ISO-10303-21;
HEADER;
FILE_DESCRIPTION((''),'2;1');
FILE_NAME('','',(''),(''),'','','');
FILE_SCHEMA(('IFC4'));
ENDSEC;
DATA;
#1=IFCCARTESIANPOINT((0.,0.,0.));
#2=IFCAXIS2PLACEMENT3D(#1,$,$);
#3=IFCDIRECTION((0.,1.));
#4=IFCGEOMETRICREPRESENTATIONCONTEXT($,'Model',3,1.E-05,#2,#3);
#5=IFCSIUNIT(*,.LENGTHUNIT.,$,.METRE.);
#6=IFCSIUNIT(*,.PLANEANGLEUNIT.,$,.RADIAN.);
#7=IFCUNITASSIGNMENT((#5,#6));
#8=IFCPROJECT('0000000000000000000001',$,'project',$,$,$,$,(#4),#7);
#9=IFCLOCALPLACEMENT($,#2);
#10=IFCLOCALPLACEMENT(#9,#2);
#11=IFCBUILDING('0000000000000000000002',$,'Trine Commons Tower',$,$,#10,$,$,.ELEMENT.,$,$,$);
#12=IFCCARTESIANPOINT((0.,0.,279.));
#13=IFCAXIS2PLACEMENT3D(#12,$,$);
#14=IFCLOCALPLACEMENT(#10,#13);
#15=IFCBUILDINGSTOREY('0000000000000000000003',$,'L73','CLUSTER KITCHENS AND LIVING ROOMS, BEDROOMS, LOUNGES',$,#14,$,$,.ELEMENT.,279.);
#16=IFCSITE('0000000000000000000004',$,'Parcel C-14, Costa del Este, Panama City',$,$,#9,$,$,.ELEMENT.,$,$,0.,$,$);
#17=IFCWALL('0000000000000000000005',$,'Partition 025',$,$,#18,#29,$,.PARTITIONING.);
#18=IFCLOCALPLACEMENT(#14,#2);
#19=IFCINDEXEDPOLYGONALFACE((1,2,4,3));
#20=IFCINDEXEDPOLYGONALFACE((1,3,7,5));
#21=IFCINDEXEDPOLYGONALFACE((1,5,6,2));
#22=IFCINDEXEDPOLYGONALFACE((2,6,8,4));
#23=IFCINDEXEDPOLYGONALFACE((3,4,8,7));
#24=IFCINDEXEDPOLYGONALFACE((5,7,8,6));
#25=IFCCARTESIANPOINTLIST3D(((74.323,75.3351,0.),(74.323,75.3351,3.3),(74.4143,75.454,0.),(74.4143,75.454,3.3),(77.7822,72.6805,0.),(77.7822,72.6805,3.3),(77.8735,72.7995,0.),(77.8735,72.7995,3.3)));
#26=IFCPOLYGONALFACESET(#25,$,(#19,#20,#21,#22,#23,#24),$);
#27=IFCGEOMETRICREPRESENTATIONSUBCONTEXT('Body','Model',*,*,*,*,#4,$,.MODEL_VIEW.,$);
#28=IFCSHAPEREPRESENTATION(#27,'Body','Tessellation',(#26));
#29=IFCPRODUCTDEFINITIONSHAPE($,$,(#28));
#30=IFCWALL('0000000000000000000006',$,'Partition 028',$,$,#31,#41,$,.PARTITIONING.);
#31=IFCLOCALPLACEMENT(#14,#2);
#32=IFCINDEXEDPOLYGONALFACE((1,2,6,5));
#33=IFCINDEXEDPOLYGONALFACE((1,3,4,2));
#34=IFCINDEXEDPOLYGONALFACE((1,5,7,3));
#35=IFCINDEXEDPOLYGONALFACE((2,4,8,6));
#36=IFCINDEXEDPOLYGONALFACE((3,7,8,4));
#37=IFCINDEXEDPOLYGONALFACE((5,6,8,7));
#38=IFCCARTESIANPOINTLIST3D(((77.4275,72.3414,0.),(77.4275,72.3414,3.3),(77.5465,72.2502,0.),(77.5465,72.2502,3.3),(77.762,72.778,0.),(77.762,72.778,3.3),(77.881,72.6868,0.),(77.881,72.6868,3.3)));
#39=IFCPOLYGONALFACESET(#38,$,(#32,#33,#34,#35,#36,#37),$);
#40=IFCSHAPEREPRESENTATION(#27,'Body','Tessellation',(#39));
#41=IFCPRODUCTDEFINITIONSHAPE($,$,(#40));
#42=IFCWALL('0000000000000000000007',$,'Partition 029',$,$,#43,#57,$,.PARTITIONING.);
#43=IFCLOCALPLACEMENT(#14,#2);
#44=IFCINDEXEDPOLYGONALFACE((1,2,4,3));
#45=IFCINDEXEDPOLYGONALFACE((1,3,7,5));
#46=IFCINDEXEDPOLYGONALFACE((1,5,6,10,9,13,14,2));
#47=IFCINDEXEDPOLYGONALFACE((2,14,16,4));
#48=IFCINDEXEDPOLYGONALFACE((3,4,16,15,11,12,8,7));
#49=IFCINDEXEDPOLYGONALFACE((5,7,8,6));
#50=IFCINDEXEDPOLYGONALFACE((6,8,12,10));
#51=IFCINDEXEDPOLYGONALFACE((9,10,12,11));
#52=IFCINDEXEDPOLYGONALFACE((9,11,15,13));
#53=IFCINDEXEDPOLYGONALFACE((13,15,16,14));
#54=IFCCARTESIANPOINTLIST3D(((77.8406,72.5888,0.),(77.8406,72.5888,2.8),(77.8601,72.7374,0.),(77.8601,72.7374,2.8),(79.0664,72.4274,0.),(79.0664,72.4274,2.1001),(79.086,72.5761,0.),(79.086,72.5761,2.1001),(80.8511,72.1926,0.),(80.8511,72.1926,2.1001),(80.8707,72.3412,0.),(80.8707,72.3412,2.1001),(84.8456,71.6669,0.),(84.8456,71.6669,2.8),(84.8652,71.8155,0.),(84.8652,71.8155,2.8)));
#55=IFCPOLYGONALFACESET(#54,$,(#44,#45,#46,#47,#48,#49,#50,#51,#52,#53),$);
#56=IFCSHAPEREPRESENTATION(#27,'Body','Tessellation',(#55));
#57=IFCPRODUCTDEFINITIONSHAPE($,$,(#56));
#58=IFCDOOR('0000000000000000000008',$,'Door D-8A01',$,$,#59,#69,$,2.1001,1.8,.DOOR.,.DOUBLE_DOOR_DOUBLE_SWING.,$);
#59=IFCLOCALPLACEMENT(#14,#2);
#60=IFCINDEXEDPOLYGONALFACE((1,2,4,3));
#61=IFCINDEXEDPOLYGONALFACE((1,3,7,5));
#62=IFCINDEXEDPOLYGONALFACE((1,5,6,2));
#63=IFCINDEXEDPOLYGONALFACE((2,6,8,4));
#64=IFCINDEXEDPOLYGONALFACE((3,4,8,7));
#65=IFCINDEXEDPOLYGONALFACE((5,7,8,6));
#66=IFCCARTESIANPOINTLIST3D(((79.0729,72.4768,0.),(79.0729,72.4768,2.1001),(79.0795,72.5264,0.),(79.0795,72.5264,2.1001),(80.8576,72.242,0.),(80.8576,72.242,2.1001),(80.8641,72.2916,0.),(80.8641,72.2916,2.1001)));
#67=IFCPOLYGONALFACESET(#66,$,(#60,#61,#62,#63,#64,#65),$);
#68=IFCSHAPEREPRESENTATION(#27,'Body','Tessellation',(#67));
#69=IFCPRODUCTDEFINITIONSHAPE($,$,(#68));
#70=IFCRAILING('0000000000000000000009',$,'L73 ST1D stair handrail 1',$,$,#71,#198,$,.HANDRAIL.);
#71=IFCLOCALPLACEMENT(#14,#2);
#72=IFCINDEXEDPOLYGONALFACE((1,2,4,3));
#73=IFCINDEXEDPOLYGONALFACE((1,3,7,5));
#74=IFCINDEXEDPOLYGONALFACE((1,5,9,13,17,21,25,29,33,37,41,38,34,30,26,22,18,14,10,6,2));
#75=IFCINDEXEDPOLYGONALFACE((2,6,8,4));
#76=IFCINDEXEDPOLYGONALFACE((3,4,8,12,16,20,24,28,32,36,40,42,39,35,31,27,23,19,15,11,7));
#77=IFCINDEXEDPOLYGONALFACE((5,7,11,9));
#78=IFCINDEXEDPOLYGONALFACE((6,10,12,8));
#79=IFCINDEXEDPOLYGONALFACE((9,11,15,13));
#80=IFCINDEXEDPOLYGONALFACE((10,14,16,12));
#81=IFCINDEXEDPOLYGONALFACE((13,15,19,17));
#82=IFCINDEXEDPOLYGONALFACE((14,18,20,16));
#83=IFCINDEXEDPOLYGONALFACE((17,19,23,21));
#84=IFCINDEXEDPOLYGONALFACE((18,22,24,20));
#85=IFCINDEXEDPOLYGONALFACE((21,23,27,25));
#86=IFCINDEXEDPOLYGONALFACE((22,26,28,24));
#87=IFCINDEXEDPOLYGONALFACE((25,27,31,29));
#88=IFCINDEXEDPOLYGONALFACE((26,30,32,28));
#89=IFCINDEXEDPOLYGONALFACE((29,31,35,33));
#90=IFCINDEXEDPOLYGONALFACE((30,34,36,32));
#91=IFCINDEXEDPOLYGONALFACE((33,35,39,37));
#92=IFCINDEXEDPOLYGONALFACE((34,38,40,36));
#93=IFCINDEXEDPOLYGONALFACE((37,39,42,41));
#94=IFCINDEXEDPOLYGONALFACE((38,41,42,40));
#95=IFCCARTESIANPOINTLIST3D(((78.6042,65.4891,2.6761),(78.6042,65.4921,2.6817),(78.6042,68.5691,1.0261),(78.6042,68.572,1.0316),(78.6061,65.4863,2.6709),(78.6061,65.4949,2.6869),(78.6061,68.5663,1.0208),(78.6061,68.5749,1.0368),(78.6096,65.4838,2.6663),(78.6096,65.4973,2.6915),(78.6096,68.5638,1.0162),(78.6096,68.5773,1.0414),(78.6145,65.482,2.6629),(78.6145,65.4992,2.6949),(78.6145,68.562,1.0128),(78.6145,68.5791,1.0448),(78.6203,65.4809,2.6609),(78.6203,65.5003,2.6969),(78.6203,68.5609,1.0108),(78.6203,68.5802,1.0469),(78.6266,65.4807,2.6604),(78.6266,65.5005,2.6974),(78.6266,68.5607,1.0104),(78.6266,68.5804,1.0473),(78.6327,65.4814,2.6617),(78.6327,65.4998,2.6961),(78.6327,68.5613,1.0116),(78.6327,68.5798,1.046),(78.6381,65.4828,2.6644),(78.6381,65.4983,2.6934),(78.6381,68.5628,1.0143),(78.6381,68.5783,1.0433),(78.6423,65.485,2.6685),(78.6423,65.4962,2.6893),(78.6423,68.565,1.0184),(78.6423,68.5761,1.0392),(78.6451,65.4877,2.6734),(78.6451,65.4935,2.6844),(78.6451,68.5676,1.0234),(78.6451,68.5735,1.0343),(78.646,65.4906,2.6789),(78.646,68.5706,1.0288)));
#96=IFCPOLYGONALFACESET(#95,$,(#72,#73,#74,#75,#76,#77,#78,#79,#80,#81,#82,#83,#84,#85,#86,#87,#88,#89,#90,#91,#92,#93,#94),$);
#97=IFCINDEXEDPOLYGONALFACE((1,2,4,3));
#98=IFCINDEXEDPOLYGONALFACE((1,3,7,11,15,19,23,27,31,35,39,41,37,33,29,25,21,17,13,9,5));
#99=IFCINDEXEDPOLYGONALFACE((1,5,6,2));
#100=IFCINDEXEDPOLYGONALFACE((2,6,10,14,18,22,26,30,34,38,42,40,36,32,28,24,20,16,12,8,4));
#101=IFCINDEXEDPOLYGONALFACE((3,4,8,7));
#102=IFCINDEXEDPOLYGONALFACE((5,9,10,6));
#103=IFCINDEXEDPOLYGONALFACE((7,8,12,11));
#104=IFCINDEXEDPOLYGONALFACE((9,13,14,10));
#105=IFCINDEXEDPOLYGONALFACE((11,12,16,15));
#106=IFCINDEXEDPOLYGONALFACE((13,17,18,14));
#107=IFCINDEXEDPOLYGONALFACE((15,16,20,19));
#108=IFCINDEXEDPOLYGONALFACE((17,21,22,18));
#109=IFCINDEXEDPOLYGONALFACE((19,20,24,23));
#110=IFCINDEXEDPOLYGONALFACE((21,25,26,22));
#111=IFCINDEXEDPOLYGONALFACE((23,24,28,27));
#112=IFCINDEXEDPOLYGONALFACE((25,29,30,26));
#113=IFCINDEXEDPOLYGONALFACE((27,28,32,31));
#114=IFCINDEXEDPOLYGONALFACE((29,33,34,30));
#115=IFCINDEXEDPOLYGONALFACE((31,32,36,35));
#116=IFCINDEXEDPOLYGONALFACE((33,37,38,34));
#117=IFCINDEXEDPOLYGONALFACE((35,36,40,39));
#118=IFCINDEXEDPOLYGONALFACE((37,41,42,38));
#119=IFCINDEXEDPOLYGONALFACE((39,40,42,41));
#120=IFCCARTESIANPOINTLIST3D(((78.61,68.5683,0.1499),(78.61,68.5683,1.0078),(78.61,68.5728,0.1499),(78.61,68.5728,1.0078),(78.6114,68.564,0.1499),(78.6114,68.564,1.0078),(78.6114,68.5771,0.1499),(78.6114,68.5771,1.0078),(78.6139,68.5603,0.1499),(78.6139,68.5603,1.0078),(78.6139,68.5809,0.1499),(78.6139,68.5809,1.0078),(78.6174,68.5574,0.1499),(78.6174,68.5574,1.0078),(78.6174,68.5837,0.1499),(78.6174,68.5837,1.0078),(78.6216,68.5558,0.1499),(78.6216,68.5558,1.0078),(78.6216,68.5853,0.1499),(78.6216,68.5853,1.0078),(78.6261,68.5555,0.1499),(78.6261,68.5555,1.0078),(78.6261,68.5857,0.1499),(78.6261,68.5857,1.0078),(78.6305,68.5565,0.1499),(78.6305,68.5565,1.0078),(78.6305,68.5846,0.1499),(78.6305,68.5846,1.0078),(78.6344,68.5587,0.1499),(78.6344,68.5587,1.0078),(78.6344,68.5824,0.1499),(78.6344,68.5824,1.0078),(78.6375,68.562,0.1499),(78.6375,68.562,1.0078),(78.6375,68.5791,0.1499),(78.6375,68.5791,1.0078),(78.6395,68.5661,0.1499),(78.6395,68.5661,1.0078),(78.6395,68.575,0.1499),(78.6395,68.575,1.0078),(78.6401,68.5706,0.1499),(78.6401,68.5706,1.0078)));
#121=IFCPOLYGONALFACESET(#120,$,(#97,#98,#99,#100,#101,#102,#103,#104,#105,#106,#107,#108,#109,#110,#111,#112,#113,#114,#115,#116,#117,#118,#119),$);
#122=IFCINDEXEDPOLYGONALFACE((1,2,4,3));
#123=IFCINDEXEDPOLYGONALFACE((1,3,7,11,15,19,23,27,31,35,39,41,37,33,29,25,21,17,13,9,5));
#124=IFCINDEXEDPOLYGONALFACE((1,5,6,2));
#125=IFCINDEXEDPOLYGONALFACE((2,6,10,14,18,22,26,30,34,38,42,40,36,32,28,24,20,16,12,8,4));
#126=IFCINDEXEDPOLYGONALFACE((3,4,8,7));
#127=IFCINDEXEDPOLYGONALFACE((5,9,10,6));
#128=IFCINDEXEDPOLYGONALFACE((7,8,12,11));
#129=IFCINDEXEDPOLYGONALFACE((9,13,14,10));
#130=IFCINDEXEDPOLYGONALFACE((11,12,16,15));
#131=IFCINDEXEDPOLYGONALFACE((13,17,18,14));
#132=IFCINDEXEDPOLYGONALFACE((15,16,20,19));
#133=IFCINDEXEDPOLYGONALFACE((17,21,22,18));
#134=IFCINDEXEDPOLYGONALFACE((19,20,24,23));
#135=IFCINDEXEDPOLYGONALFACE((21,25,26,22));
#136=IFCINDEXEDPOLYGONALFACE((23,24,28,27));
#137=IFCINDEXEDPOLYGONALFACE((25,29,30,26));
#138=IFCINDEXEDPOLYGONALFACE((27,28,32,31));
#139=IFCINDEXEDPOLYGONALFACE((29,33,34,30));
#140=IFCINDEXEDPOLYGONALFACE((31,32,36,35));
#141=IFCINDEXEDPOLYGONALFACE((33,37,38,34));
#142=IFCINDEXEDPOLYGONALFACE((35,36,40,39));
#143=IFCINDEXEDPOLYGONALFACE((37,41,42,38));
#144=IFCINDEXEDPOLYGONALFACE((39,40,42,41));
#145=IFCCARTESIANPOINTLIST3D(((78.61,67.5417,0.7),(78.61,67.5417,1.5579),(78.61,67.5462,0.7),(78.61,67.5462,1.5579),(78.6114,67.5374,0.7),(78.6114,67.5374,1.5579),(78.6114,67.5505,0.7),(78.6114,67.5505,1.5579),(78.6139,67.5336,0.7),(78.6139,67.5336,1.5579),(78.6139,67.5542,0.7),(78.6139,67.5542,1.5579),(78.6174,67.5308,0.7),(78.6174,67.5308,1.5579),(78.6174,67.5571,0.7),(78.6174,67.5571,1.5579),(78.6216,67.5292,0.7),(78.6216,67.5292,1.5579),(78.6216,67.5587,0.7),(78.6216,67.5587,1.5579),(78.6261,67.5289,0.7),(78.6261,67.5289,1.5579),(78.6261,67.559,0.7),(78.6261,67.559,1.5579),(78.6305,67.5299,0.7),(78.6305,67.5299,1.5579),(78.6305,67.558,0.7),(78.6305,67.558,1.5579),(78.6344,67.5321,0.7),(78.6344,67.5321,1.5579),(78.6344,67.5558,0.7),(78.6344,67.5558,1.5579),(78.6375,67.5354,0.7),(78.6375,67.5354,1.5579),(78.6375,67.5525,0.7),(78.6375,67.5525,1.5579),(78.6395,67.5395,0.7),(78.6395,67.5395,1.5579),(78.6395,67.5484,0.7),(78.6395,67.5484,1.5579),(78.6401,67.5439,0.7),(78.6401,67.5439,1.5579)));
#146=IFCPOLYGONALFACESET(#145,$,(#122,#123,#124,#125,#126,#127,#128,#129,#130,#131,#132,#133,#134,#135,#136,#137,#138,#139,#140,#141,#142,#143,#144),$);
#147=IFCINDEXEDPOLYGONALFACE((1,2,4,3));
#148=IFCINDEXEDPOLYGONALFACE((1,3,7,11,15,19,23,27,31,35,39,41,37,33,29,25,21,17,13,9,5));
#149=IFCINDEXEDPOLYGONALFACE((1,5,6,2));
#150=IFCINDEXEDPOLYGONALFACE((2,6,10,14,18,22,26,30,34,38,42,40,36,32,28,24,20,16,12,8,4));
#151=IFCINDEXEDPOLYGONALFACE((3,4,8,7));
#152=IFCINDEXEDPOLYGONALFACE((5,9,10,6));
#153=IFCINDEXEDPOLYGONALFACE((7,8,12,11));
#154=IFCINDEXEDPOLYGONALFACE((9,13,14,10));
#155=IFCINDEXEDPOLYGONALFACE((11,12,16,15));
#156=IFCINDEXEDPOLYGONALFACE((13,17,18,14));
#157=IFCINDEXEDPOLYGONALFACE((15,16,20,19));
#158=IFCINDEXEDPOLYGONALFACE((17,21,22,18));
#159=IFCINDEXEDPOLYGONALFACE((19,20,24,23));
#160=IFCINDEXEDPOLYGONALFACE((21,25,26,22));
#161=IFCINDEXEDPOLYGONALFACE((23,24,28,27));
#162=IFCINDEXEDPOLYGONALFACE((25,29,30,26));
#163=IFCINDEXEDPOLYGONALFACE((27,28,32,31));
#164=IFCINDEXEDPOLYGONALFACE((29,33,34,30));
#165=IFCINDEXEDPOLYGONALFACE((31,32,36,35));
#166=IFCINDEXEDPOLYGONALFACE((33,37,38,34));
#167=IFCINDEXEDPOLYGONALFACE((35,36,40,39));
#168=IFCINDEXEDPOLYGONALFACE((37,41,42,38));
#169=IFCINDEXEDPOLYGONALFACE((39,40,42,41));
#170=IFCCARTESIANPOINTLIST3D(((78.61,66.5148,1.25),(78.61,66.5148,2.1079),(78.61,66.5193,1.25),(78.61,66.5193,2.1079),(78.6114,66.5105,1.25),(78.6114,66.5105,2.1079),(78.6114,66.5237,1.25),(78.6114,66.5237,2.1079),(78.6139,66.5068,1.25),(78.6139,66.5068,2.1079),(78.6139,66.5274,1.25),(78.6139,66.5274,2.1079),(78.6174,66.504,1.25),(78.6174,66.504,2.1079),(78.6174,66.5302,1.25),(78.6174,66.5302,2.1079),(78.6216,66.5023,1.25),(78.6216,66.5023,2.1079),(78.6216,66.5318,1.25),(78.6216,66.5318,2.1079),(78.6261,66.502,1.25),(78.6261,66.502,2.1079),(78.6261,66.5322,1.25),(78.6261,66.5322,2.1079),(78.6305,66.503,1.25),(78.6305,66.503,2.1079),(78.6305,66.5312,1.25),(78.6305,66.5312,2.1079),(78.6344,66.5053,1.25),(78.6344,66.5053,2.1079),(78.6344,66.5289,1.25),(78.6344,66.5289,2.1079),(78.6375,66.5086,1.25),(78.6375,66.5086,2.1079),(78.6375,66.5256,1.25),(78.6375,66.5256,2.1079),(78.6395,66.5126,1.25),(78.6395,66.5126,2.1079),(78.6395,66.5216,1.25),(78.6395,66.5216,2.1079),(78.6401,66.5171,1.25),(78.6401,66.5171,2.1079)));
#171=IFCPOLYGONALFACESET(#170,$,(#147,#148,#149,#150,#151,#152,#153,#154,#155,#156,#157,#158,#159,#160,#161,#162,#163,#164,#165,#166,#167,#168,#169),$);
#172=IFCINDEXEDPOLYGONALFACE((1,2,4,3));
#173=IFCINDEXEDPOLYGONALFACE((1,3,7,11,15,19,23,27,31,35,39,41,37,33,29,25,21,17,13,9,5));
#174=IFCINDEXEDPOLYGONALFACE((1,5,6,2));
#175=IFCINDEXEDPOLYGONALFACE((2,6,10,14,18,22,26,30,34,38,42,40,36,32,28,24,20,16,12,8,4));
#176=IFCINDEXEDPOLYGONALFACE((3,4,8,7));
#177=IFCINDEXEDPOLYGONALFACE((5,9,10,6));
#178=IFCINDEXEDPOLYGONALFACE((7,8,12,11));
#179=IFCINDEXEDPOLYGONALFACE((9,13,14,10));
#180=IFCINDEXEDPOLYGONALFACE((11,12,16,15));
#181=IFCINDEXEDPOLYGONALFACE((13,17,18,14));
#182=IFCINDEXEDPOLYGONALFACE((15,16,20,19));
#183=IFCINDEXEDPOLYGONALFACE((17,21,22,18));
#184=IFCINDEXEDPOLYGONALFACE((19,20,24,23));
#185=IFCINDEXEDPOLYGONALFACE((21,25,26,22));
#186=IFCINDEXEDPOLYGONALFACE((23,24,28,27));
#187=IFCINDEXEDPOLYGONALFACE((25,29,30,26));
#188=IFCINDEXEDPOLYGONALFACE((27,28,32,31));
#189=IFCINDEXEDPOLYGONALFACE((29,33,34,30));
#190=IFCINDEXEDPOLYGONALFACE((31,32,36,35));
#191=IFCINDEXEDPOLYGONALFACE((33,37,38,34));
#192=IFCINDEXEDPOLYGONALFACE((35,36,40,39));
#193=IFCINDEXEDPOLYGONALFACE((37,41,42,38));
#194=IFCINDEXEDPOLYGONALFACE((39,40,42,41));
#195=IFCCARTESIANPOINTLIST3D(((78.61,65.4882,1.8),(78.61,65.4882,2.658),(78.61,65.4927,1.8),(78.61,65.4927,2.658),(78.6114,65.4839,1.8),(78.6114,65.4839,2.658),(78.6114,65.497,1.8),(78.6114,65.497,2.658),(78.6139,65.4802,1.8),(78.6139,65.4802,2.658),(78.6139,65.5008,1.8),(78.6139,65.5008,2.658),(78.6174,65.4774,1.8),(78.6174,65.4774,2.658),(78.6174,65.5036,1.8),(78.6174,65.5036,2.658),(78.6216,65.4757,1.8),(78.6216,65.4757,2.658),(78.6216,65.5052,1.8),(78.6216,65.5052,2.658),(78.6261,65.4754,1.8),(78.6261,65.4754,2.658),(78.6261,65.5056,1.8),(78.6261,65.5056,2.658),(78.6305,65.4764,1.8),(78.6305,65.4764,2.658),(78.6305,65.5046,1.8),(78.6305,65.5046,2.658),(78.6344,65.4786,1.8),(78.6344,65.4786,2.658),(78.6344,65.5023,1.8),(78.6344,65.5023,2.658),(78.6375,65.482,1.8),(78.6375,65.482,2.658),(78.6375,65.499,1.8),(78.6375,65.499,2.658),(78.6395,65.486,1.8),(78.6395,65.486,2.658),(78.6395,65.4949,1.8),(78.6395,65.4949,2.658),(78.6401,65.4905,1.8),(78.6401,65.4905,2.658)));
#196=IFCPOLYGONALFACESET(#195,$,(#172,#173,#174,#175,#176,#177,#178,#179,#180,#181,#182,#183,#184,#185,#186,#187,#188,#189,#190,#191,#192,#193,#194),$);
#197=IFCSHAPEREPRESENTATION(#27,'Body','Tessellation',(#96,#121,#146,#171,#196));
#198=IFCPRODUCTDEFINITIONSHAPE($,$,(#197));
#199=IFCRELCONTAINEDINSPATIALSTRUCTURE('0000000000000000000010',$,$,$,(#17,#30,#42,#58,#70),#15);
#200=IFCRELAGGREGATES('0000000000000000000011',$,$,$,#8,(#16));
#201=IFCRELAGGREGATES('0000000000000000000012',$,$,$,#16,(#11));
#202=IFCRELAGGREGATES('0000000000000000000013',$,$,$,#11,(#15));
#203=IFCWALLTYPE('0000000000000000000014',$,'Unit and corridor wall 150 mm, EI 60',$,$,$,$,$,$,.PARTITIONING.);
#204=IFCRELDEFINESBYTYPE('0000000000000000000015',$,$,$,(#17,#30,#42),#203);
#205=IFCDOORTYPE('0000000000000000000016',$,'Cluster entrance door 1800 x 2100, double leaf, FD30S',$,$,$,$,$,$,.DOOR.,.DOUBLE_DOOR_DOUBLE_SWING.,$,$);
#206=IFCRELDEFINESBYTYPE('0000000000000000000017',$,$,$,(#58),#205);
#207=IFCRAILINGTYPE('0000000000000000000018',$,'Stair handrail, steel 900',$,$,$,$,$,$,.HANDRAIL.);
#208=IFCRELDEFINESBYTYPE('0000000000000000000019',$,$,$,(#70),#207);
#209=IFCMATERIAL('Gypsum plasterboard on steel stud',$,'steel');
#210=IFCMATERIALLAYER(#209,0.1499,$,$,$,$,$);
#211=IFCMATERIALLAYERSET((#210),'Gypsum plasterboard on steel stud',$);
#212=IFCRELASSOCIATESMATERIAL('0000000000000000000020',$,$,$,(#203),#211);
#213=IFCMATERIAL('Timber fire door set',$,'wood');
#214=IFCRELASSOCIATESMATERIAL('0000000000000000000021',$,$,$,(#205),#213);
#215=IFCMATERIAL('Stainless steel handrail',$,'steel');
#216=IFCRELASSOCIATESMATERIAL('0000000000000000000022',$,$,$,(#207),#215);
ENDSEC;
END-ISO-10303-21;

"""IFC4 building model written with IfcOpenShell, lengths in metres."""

from ifc_helpers import new_model, si_unit, direction, frame, frame_2d, origin, origin_2d, place, context, subcontext, project, spatial, rectangle, circle, extrude, material, layer, layer_set, type_object, element, fill, save


model = new_model("IFC4")

# Units and contexts
model_context = context("Model", 3, precision=1e-05, world=origin(), true_north=direction((0.0, 1.0)))
body_context = subcontext(model_context, "Body", "Model", "MODEL_VIEW")
ifc_project = project(units=[si_unit("LENGTHUNIT", "METRE"), si_unit("PLANEANGLEUNIT", "RADIAN")], contexts=[model_context])

# Site, building, storey
site_placement = place(None, origin())
site = spatial("IfcSite", under=ifc_project, at=site_placement, Name="Parcel C-14, Costa del Este, Panama City", CompositionType="ELEMENT", RefElevation=0.0)
building_placement = place(site_placement, origin())
building = spatial("IfcBuilding", under=site, at=building_placement, Name="Trine Commons Tower", CompositionType="ELEMENT")
storey_placement = place(building_placement, frame((0.0, 0.0, 279.0)))
storey = spatial("IfcBuildingStorey", under=building, at=storey_placement, Name="L73", Description="CLUSTER KITCHENS AND LIVING ROOMS, BEDROOMS, LOUNGES", CompositionType="ELEMENT", Elevation=279.0)

# Shared definitions
ifc_material_1 = material(Name="Gypsum plasterboard on steel stud", Category="steel")
ifc_layer_1 = layer(ifc_material_1, 0.1499)
ifc_layer_set_1 = layer_set([ifc_layer_1], Name="Gypsum plasterboard on steel stud")
wall_type_1 = type_object("IfcWallType", Name="Unit and corridor wall 150 mm, EI 60", PredefinedType="PARTITIONING", material=ifc_layer_set_1)

# Shared definitions
ifc_material_2 = material(Name="Timber fire door set", Category="wood")

# Walls
wall_1_placement = place(storey_placement, frame((74.3687, 75.3945, 0.0), z_axis=(0.0, 0.0, 1.0), x_axis=(0.793333, -0.608788, 0.0)))
element("IfcWall", 1, at=wall_1_placement, inside=storey, type_object=wall_type_1, Name="Partition 025", PredefinedType="PARTITIONING", context=body_context, shape_type="SweptSolid", body=[
    extrude(rectangle(XDim=4.3604, YDim=0.1499, at=frame_2d((2.1802, 0.0))), origin(), (0.0, 0.0, 1.0), 3.3),
])
wall_2_placement = place(storey_placement, frame((77.4871, 72.2959, 0.0), z_axis=(0.0, 0.0, 1.0), x_axis=(0.608208, 0.793778, 0.0)))
element("IfcWall", 2, at=wall_2_placement, inside=storey, type_object=wall_type_1, Name="Partition 028", PredefinedType="PARTITIONING", context=body_context, shape_type="SweptSolid", body=[
    extrude(rectangle(XDim=0.55, YDim=0.1499, at=frame_2d((0.2749, 0.0))), origin(), (0.0, 0.0, 1.0), 3.3),
])

# Wall, opening, door
wall_3_placement = place(storey_placement, frame((77.8503, 72.6631, 0.0), z_axis=(0.0, 0.0, 1.0), x_axis=(0.991452, -0.130475, 0.0)))
wall_3 = element("IfcWall", 3, at=wall_3_placement, inside=storey, type_object=wall_type_1, Name="Partition 029", PredefinedType="PARTITIONING", context=body_context, shape_type="SweptSolid", body=[
    extrude(rectangle(XDim=7.0654, YDim=0.1499, at=frame_2d((3.5327, 0.0))), origin(), (0.0, 0.0, 1.0), 2.8),
])
opening_1_placement = place(wall_3_placement, frame((1.2366, 0.0, 0.0)))
opening_1 = element("IfcOpeningElement", 4, at=opening_1_placement, cuts=wall_3, PredefinedType="OPENING", context=body_context, shape_type="SweptSolid", body=[
    extrude(rectangle(XDim=1.8, YDim=2.1001, at=frame_2d((0.8999, 1.05))), frame((0.0, 0.085, 0.0), z_axis=(0.0, -1.0, 0.0), x_axis=(1.0, 0.0, 0.0)), (0.0, 0.0, 1.0), 0.1699),
])
door_type_1 = type_object("IfcDoorType", Name="Cluster entrance door 1800 x 2100, double leaf, FD30S", OperationType="DOUBLE_DOOR_DOUBLE_SWING", PredefinedType="DOOR", material=ifc_material_2)
door_1_placement = place(opening_1_placement, origin())
door_1 = element("IfcDoor", 5, at=door_1_placement, inside=storey, type_object=door_type_1, Name="Door D-8A01", OperationType="DOUBLE_DOOR_DOUBLE_SWING", OverallHeight=2.1001, OverallWidth=1.8, PredefinedType="DOOR", context=body_context, shape_type="SweptSolid", body=[
    extrude(rectangle(XDim=1.8, YDim=2.1001, at=frame_2d((0.8999, 1.05))), frame((0.0, 0.0249, 0.0), z_axis=(0.0, -1.0, 0.0), x_axis=(1.0, 0.0, 0.0)), (0.0, 0.0, 1.0), 0.05),
])
fill(opening_1, door_1)

# Railing
ifc_material_3 = material(Name="Stainless steel handrail", Category="steel")
railing_type = type_object("IfcRailingType", Name="Stair handrail, steel 900", PredefinedType="HANDRAIL", material=ifc_material_3)
railing_placement = place(storey_placement, frame((78.625, 68.5706, 0.1499)))
element("IfcRailing", 6, at=railing_placement, inside=storey, type_object=railing_type, Name="L73 ST1D stair handrail 1", PredefinedType="HANDRAIL", context=body_context, shape_type="SweptSolid", body=[
    extrude(circle(Radius=0.021, at=origin_2d()), frame((0.0, 0.0, 0.8789), z_axis=(0.0, -0.881468, 0.472245), x_axis=(1.0, 0.0, 0.0)), (0.0, 0.0, 1.0), 3.4941),
    extrude(circle(Radius=0.0151, at=origin_2d()), origin(), (0.0, 0.0, 1.0), 0.8579),
    extrude(circle(Radius=0.0151, at=origin_2d()), frame((0.0, -1.0266, 0.55)), (0.0, 0.0, 1.0), 0.8579),
    extrude(circle(Radius=0.0151, at=origin_2d()), frame((0.0, -2.0535, 1.1001)), (0.0, 0.0, 1.0), 0.8579),
    extrude(circle(Radius=0.0151, at=origin_2d()), frame((0.0, -3.0801, 1.6501)), (0.0, 0.0, 1.0), 0.8579),
])

save(model, "model.ifc")
